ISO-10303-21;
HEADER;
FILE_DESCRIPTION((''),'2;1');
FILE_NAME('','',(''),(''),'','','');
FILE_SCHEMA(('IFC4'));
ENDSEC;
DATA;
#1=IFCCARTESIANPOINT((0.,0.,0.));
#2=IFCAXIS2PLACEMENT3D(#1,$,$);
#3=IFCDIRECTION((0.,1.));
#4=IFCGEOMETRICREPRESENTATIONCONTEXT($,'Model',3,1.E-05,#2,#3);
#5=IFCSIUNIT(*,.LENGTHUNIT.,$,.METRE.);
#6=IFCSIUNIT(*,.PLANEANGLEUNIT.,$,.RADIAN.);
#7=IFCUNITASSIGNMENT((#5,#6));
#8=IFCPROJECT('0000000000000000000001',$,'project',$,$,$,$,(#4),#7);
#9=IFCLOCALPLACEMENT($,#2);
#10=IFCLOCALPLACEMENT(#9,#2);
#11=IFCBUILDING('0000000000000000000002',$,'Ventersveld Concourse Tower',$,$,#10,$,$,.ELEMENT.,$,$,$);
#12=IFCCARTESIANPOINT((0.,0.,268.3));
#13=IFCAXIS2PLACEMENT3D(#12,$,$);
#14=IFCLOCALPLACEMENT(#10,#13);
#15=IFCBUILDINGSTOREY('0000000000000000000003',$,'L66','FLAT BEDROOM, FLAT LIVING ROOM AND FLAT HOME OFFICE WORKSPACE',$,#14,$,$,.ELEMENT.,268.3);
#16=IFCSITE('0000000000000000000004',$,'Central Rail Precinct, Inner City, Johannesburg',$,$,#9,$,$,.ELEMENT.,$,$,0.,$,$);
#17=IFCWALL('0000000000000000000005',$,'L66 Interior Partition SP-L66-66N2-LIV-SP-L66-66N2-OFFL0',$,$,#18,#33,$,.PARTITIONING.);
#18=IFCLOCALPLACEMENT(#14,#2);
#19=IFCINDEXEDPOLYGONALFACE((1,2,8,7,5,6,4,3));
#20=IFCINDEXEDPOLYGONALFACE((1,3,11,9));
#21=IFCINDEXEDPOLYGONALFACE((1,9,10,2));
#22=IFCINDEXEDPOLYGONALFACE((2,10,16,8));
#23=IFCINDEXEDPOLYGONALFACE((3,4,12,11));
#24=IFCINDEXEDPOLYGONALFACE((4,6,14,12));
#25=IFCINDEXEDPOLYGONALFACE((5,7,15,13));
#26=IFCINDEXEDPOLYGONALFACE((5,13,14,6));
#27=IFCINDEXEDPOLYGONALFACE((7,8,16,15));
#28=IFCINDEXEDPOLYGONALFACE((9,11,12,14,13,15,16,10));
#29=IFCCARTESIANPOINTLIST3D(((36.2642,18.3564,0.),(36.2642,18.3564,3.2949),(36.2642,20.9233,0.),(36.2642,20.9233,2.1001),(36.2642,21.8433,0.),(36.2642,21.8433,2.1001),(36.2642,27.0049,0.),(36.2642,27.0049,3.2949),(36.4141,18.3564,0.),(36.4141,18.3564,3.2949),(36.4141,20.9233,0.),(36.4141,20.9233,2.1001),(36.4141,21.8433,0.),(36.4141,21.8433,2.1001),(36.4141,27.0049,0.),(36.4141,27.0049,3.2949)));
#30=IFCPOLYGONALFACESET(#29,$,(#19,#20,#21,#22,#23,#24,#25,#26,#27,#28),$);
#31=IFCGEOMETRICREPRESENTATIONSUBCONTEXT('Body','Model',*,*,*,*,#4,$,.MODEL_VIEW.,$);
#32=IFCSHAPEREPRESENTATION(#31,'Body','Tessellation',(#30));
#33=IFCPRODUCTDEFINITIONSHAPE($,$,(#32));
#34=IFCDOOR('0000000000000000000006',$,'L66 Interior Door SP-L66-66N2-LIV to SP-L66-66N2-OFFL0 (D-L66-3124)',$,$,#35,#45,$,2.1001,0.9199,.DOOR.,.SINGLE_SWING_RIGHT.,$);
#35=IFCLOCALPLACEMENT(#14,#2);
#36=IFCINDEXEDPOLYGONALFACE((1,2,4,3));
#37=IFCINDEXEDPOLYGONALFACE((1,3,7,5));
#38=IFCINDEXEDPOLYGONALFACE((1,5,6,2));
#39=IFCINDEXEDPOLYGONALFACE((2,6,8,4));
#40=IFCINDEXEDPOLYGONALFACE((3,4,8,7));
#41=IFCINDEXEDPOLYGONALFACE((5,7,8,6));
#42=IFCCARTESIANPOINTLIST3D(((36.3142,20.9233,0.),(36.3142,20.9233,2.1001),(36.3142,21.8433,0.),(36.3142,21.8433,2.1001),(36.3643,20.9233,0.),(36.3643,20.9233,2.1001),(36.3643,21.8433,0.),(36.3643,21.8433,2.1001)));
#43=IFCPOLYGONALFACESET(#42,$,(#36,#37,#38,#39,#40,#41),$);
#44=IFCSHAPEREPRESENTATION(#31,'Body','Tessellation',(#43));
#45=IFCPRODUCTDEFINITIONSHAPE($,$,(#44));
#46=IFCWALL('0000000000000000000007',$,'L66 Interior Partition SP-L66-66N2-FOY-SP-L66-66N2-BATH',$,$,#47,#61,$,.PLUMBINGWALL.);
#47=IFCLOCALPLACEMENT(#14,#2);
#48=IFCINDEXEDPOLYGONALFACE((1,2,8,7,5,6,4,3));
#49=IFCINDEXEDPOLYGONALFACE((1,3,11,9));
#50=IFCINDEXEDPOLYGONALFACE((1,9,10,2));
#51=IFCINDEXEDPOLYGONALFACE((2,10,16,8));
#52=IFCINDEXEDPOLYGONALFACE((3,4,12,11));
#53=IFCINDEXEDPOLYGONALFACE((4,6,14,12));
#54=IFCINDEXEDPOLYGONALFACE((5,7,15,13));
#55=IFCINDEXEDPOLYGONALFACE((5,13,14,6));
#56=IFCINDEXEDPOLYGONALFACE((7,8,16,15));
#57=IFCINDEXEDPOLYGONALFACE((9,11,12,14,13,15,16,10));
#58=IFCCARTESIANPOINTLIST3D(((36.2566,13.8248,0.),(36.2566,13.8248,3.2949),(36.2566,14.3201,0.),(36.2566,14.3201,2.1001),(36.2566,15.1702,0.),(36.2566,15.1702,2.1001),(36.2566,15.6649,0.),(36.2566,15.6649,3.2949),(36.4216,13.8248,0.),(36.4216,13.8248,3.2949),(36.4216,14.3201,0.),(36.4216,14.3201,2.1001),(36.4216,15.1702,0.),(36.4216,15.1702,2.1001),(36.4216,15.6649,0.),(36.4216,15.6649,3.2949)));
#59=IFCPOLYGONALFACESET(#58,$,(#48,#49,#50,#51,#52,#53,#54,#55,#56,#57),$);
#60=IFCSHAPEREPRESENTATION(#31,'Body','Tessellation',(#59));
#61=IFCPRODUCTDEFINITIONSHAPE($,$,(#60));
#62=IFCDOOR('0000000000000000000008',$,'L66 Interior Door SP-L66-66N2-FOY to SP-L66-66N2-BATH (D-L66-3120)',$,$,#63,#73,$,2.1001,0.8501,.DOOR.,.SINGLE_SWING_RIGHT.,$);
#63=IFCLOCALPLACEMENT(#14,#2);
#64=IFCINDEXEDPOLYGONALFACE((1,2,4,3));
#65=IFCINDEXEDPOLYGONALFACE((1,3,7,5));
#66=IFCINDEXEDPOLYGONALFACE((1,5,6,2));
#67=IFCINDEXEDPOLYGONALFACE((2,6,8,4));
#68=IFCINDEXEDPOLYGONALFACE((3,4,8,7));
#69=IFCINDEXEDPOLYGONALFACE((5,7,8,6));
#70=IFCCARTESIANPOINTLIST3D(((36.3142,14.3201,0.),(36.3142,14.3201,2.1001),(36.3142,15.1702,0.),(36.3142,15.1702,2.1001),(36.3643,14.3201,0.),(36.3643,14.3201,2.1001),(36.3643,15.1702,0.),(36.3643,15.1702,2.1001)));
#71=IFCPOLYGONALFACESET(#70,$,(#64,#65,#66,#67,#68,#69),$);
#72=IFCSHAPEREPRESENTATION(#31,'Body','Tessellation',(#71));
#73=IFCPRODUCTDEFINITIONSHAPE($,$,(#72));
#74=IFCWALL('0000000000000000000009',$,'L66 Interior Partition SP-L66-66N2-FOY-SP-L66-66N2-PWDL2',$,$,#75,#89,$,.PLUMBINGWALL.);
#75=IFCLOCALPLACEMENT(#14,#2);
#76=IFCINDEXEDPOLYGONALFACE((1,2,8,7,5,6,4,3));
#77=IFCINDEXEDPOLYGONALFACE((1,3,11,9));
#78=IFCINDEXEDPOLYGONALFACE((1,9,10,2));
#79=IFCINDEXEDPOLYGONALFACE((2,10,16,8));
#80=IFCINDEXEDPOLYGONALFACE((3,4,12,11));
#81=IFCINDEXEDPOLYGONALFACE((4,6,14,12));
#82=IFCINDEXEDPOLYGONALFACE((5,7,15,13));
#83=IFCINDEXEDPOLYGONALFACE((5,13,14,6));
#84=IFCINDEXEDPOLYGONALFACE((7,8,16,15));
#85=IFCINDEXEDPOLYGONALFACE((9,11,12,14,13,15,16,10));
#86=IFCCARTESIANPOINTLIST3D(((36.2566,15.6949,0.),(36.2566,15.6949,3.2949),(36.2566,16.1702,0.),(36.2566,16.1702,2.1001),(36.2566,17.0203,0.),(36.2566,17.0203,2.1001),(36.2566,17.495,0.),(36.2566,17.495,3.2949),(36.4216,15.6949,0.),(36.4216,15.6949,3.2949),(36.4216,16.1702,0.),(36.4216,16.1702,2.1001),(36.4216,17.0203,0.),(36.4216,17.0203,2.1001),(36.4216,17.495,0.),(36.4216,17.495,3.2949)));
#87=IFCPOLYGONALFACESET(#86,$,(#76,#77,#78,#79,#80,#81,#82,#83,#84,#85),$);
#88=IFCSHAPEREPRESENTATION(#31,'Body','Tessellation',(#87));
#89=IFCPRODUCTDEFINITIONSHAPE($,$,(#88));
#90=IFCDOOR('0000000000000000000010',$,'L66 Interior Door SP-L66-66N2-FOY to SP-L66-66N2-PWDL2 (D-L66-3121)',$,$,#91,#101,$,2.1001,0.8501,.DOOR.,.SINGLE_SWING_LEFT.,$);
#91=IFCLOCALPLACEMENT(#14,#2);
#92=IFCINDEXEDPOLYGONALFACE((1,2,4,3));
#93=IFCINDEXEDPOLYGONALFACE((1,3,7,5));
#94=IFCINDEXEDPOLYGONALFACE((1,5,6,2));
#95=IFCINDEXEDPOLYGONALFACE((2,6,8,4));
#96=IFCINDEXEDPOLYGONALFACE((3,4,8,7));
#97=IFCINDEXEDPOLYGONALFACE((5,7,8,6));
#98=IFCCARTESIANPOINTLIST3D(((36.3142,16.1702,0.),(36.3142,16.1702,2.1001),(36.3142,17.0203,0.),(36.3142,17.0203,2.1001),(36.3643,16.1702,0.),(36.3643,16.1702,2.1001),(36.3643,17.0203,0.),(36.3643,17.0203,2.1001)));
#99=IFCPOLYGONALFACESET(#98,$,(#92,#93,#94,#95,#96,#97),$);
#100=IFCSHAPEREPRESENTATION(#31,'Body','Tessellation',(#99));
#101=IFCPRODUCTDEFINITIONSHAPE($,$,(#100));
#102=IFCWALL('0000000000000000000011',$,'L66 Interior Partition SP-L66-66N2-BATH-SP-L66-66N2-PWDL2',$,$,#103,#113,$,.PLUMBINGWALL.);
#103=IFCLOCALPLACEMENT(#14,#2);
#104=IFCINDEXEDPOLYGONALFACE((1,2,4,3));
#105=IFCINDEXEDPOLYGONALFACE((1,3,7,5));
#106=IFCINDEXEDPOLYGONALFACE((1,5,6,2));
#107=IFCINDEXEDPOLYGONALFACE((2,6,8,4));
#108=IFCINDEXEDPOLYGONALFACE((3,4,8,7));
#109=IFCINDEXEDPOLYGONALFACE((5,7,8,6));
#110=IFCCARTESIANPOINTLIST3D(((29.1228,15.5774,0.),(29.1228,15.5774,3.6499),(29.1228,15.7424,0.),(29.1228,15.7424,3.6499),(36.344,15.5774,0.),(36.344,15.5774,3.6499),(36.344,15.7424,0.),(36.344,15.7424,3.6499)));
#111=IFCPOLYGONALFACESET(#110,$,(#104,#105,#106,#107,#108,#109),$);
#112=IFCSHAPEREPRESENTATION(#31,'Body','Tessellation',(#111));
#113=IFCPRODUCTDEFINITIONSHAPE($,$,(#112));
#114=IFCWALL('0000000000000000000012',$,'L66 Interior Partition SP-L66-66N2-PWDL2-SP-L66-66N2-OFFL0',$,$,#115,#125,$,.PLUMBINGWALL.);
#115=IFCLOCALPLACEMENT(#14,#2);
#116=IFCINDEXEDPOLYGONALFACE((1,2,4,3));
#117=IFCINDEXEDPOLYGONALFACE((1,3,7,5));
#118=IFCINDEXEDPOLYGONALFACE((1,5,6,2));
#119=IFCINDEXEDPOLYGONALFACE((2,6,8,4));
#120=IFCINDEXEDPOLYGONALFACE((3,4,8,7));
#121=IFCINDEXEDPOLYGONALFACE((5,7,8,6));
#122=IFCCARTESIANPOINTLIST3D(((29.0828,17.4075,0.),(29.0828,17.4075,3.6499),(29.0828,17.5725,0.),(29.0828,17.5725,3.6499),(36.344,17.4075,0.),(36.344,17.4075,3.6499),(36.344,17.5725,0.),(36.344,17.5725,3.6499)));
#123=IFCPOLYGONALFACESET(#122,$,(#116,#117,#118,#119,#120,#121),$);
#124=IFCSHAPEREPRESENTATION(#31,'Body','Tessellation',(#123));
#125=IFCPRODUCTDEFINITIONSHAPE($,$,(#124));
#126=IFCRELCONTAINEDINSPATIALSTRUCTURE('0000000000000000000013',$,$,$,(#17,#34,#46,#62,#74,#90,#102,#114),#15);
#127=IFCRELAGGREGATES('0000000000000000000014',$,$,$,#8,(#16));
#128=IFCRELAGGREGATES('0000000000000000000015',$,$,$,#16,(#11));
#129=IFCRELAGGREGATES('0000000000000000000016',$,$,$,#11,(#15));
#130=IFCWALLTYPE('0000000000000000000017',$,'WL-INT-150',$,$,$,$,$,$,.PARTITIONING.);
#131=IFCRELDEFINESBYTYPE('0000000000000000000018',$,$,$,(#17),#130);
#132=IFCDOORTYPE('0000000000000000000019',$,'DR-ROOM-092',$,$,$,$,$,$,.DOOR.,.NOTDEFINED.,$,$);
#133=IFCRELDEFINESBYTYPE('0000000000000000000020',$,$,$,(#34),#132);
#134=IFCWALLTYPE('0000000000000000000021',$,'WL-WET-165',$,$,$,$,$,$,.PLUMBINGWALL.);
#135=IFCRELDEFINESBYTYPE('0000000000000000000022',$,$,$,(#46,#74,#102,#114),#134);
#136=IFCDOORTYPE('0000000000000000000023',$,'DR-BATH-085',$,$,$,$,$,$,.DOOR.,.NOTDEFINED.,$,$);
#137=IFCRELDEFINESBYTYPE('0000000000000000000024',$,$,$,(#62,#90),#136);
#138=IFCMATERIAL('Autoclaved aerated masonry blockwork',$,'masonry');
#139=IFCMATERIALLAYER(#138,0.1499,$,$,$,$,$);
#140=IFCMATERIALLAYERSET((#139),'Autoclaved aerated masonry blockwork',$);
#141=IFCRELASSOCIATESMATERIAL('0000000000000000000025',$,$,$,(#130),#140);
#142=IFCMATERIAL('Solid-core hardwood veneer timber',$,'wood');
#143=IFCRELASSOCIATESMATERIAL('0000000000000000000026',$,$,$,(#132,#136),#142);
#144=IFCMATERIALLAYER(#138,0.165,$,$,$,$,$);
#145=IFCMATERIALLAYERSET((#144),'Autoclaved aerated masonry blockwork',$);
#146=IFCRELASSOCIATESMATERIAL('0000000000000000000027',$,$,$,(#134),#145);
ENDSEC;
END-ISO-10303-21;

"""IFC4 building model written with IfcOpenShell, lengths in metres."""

from ifc_helpers import new_model, si_unit, direction, frame, frame_2d, origin, place, context, subcontext, project, spatial, rectangle, extrude, material, layer, layer_set, type_object, element, fill, save


model = new_model("IFC4")

# Units and contexts
model_context = context("Model", 3, precision=1e-05, world=origin(), true_north=direction((0.0, 1.0)))
body_context = subcontext(model_context, "Body", "Model", "MODEL_VIEW")
ifc_project = project(units=[si_unit("LENGTHUNIT", "METRE"), si_unit("PLANEANGLEUNIT", "RADIAN")], contexts=[model_context])

# Site, building, storey
site_placement = place(None, origin())
site = spatial("IfcSite", under=ifc_project, at=site_placement, Name="Central Rail Precinct, Inner City, Johannesburg", CompositionType="ELEMENT", RefElevation=0.0)
building_placement = place(site_placement, origin())
building = spatial("IfcBuilding", under=site, at=building_placement, Name="Ventersveld Concourse Tower", CompositionType="ELEMENT")
storey_placement = place(building_placement, frame((0.0, 0.0, 268.3)))
storey = spatial("IfcBuildingStorey", under=building, at=storey_placement, Name="L66", Description="FLAT BEDROOM, FLAT LIVING ROOM AND FLAT HOME OFFICE WORKSPACE", CompositionType="ELEMENT", Elevation=268.3)

# Shared definitions
ifc_material_1 = material(Name="Solid-core hardwood veneer timber", Category="wood")

# Shared definitions
ifc_material_2 = material(Name="Autoclaved aerated masonry blockwork", Category="masonry")
ifc_layer_1 = layer(ifc_material_2, 0.1499)
ifc_layer_set_1 = layer_set([ifc_layer_1], Name="Autoclaved aerated masonry blockwork")
wall_type_1 = type_object("IfcWallType", Name="WL-INT-150", PredefinedType="PARTITIONING", material=ifc_layer_set_1)
door_type_1 = type_object("IfcDoorType", Name="DR-ROOM-092", OperationType="NOTDEFINED", PredefinedType="DOOR", material=ifc_material_1)

# Walls, openings, doors
wall_1_placement = place(storey_placement, frame((36.3391, 18.3564, 0.0), z_axis=(0.0, 0.0, 1.0), x_axis=(0.0, 1.0, 0.0)))
wall_1 = element("IfcWall", 1, at=wall_1_placement, inside=storey, type_object=wall_type_1, Name="L66 Interior Partition SP-L66-66N2-LIV-SP-L66-66N2-OFFL0", PredefinedType="PARTITIONING", context=body_context, shape_type="SweptSolid", body=[
    extrude(rectangle(XDim=8.6484, YDim=0.1499, at=frame_2d((4.3242, 0.0))), origin(), (0.0, 0.0, 1.0), 3.2949),
])
opening_1_placement = place(wall_1_placement, frame((2.5669, 0.0, 0.0)))
opening_1 = element("IfcOpeningElement", 2, at=opening_1_placement, cuts=wall_1, PredefinedType="OPENING", context=body_context, shape_type="SweptSolid", body=[
    extrude(rectangle(XDim=0.9199, YDim=2.1001, at=frame_2d((0.46, 1.05))), frame((0.0, 0.085, 0.0), z_axis=(0.0, -1.0, 0.0), x_axis=(1.0, 0.0, 0.0)), (0.0, 0.0, 1.0), 0.1699),
])
door_1_placement = place(opening_1_placement, origin())
door_1 = element("IfcDoor", 3, at=door_1_placement, inside=storey, type_object=door_type_1, Name="L66 Interior Door SP-L66-66N2-LIV to SP-L66-66N2-OFFL0 (D-L66-3124)", OperationType="SINGLE_SWING_RIGHT", OverallHeight=2.1001, OverallWidth=0.9199, PredefinedType="DOOR", context=body_context, shape_type="SweptSolid", body=[
    extrude(rectangle(XDim=0.9199, YDim=2.1001, at=frame_2d((0.46, 1.05))), frame((0.0, 0.0249, 0.0), z_axis=(0.0, -1.0, 0.0), x_axis=(1.0, 0.0, 0.0)), (0.0, 0.0, 1.0), 0.05),
])
fill(opening_1, door_1)
ifc_layer_2 = layer(ifc_material_2, 0.165)
ifc_layer_set_2 = layer_set([ifc_layer_2], Name="Autoclaved aerated masonry blockwork")
wall_type_2 = type_object("IfcWallType", Name="WL-WET-165", PredefinedType="PLUMBINGWALL", material=ifc_layer_set_2)
wall_2_placement = place(storey_placement, frame((36.3391, 13.825, 0.0), z_axis=(0.0, 0.0, 1.0), x_axis=(0.0, 1.0, 0.0)))
wall_2 = element("IfcWall", 4, at=wall_2_placement, inside=storey, type_object=wall_type_2, Name="L66 Interior Partition SP-L66-66N2-FOY-SP-L66-66N2-BATH", PredefinedType="PLUMBINGWALL", context=body_context, shape_type="SweptSolid", body=[
    extrude(rectangle(XDim=1.8401, YDim=0.165, at=frame_2d((0.9199, 0.0))), origin(), (0.0, 0.0, 1.0), 3.2949),
])
opening_2_placement = place(wall_2_placement, frame((0.4951, 0.0, 0.0)))
opening_2 = element("IfcOpeningElement", 5, at=opening_2_placement, cuts=wall_2, PredefinedType="OPENING", context=body_context, shape_type="SweptSolid", body=[
    extrude(rectangle(XDim=0.8501, YDim=2.1001, at=frame_2d((0.425, 1.05))), frame((0.0, 0.0925, 0.0), z_axis=(0.0, -1.0, 0.0), x_axis=(1.0, 0.0, 0.0)), (0.0, 0.0, 1.0), 0.1851),
])
door_type_2 = type_object("IfcDoorType", Name="DR-BATH-085", OperationType="NOTDEFINED", PredefinedType="DOOR", material=ifc_material_1)
door_2_placement = place(opening_2_placement, origin())
door_2 = element("IfcDoor", 6, at=door_2_placement, inside=storey, type_object=door_type_2, Name="L66 Interior Door SP-L66-66N2-FOY to SP-L66-66N2-BATH (D-L66-3120)", OperationType="SINGLE_SWING_RIGHT", OverallHeight=2.1001, OverallWidth=0.8501, PredefinedType="DOOR", context=body_context, shape_type="SweptSolid", body=[
    extrude(rectangle(XDim=0.8501, YDim=2.1001, at=frame_2d((0.425, 1.05))), frame((0.0, 0.0249, 0.0), z_axis=(0.0, -1.0, 0.0), x_axis=(1.0, 0.0, 0.0)), (0.0, 0.0, 1.0), 0.05),
])
fill(opening_2, door_2)
wall_3_placement = place(storey_placement, frame((36.3391, 15.6951, 0.0), z_axis=(0.0, 0.0, 1.0), x_axis=(0.0, 1.0, 0.0)))
wall_3 = element("IfcWall", 7, at=wall_3_placement, inside=storey, type_object=wall_type_2, Name="L66 Interior Partition SP-L66-66N2-FOY-SP-L66-66N2-PWDL2", PredefinedType="PLUMBINGWALL", context=body_context, shape_type="SweptSolid", body=[
    extrude(rectangle(XDim=1.8, YDim=0.165, at=frame_2d((0.8999, 0.0))), origin(), (0.0, 0.0, 1.0), 3.2949),
])
opening_3_placement = place(wall_3_placement, frame((0.4751, 0.0, 0.0)))
opening_3 = element("IfcOpeningElement", 8, at=opening_3_placement, cuts=wall_3, PredefinedType="OPENING", context=body_context, shape_type="SweptSolid", body=[
    extrude(rectangle(XDim=0.8501, YDim=2.1001, at=frame_2d((0.425, 1.05))), frame((0.0, 0.0925, 0.0), z_axis=(0.0, -1.0, 0.0), x_axis=(1.0, 0.0, 0.0)), (0.0, 0.0, 1.0), 0.1851),
])
door_3_placement = place(opening_3_placement, origin())
door_3 = element("IfcDoor", 9, at=door_3_placement, inside=storey, type_object=door_type_2, Name="L66 Interior Door SP-L66-66N2-FOY to SP-L66-66N2-PWDL2 (D-L66-3121)", OperationType="SINGLE_SWING_LEFT", OverallHeight=2.1001, OverallWidth=0.8501, PredefinedType="DOOR", context=body_context, shape_type="SweptSolid", body=[
    extrude(rectangle(XDim=0.8501, YDim=2.1001, at=frame_2d((0.425, 1.05))), frame((0.0, 0.0249, 0.0), z_axis=(0.0, -1.0, 0.0), x_axis=(1.0, 0.0, 0.0)), (0.0, 0.0, 1.0), 0.05),
])
fill(opening_3, door_3)

# Walls
wall_4_placement = place(storey_placement, frame((29.1228, 15.6599, 0.0), z_axis=(0.0, 0.0, 1.0), x_axis=(1.0, 0.0, 0.0)))
element("IfcWall", 10, at=wall_4_placement, inside=storey, type_object=wall_type_2, Name="L66 Interior Partition SP-L66-66N2-BATH-SP-L66-66N2-PWDL2", PredefinedType="PLUMBINGWALL", context=body_context, shape_type="SweptSolid", body=[
    extrude(rectangle(XDim=7.2212, YDim=0.165, at=frame_2d((3.6106, 0.0))), origin(), (0.0, 0.0, 1.0), 3.6499),
])
wall_5_placement = place(storey_placement, frame((29.0828, 17.49, 0.0), z_axis=(0.0, 0.0, 1.0), x_axis=(1.0, 0.0, 0.0)))
element("IfcWall", 11, at=wall_5_placement, inside=storey, type_object=wall_type_2, Name="L66 Interior Partition SP-L66-66N2-PWDL2-SP-L66-66N2-OFFL0", PredefinedType="PLUMBINGWALL", context=body_context, shape_type="SweptSolid", body=[
    extrude(rectangle(XDim=7.2612, YDim=0.165, at=frame_2d((3.6306, 0.0))), origin(), (0.0, 0.0, 1.0), 3.6499),
])

save(model, "model.ifc")
